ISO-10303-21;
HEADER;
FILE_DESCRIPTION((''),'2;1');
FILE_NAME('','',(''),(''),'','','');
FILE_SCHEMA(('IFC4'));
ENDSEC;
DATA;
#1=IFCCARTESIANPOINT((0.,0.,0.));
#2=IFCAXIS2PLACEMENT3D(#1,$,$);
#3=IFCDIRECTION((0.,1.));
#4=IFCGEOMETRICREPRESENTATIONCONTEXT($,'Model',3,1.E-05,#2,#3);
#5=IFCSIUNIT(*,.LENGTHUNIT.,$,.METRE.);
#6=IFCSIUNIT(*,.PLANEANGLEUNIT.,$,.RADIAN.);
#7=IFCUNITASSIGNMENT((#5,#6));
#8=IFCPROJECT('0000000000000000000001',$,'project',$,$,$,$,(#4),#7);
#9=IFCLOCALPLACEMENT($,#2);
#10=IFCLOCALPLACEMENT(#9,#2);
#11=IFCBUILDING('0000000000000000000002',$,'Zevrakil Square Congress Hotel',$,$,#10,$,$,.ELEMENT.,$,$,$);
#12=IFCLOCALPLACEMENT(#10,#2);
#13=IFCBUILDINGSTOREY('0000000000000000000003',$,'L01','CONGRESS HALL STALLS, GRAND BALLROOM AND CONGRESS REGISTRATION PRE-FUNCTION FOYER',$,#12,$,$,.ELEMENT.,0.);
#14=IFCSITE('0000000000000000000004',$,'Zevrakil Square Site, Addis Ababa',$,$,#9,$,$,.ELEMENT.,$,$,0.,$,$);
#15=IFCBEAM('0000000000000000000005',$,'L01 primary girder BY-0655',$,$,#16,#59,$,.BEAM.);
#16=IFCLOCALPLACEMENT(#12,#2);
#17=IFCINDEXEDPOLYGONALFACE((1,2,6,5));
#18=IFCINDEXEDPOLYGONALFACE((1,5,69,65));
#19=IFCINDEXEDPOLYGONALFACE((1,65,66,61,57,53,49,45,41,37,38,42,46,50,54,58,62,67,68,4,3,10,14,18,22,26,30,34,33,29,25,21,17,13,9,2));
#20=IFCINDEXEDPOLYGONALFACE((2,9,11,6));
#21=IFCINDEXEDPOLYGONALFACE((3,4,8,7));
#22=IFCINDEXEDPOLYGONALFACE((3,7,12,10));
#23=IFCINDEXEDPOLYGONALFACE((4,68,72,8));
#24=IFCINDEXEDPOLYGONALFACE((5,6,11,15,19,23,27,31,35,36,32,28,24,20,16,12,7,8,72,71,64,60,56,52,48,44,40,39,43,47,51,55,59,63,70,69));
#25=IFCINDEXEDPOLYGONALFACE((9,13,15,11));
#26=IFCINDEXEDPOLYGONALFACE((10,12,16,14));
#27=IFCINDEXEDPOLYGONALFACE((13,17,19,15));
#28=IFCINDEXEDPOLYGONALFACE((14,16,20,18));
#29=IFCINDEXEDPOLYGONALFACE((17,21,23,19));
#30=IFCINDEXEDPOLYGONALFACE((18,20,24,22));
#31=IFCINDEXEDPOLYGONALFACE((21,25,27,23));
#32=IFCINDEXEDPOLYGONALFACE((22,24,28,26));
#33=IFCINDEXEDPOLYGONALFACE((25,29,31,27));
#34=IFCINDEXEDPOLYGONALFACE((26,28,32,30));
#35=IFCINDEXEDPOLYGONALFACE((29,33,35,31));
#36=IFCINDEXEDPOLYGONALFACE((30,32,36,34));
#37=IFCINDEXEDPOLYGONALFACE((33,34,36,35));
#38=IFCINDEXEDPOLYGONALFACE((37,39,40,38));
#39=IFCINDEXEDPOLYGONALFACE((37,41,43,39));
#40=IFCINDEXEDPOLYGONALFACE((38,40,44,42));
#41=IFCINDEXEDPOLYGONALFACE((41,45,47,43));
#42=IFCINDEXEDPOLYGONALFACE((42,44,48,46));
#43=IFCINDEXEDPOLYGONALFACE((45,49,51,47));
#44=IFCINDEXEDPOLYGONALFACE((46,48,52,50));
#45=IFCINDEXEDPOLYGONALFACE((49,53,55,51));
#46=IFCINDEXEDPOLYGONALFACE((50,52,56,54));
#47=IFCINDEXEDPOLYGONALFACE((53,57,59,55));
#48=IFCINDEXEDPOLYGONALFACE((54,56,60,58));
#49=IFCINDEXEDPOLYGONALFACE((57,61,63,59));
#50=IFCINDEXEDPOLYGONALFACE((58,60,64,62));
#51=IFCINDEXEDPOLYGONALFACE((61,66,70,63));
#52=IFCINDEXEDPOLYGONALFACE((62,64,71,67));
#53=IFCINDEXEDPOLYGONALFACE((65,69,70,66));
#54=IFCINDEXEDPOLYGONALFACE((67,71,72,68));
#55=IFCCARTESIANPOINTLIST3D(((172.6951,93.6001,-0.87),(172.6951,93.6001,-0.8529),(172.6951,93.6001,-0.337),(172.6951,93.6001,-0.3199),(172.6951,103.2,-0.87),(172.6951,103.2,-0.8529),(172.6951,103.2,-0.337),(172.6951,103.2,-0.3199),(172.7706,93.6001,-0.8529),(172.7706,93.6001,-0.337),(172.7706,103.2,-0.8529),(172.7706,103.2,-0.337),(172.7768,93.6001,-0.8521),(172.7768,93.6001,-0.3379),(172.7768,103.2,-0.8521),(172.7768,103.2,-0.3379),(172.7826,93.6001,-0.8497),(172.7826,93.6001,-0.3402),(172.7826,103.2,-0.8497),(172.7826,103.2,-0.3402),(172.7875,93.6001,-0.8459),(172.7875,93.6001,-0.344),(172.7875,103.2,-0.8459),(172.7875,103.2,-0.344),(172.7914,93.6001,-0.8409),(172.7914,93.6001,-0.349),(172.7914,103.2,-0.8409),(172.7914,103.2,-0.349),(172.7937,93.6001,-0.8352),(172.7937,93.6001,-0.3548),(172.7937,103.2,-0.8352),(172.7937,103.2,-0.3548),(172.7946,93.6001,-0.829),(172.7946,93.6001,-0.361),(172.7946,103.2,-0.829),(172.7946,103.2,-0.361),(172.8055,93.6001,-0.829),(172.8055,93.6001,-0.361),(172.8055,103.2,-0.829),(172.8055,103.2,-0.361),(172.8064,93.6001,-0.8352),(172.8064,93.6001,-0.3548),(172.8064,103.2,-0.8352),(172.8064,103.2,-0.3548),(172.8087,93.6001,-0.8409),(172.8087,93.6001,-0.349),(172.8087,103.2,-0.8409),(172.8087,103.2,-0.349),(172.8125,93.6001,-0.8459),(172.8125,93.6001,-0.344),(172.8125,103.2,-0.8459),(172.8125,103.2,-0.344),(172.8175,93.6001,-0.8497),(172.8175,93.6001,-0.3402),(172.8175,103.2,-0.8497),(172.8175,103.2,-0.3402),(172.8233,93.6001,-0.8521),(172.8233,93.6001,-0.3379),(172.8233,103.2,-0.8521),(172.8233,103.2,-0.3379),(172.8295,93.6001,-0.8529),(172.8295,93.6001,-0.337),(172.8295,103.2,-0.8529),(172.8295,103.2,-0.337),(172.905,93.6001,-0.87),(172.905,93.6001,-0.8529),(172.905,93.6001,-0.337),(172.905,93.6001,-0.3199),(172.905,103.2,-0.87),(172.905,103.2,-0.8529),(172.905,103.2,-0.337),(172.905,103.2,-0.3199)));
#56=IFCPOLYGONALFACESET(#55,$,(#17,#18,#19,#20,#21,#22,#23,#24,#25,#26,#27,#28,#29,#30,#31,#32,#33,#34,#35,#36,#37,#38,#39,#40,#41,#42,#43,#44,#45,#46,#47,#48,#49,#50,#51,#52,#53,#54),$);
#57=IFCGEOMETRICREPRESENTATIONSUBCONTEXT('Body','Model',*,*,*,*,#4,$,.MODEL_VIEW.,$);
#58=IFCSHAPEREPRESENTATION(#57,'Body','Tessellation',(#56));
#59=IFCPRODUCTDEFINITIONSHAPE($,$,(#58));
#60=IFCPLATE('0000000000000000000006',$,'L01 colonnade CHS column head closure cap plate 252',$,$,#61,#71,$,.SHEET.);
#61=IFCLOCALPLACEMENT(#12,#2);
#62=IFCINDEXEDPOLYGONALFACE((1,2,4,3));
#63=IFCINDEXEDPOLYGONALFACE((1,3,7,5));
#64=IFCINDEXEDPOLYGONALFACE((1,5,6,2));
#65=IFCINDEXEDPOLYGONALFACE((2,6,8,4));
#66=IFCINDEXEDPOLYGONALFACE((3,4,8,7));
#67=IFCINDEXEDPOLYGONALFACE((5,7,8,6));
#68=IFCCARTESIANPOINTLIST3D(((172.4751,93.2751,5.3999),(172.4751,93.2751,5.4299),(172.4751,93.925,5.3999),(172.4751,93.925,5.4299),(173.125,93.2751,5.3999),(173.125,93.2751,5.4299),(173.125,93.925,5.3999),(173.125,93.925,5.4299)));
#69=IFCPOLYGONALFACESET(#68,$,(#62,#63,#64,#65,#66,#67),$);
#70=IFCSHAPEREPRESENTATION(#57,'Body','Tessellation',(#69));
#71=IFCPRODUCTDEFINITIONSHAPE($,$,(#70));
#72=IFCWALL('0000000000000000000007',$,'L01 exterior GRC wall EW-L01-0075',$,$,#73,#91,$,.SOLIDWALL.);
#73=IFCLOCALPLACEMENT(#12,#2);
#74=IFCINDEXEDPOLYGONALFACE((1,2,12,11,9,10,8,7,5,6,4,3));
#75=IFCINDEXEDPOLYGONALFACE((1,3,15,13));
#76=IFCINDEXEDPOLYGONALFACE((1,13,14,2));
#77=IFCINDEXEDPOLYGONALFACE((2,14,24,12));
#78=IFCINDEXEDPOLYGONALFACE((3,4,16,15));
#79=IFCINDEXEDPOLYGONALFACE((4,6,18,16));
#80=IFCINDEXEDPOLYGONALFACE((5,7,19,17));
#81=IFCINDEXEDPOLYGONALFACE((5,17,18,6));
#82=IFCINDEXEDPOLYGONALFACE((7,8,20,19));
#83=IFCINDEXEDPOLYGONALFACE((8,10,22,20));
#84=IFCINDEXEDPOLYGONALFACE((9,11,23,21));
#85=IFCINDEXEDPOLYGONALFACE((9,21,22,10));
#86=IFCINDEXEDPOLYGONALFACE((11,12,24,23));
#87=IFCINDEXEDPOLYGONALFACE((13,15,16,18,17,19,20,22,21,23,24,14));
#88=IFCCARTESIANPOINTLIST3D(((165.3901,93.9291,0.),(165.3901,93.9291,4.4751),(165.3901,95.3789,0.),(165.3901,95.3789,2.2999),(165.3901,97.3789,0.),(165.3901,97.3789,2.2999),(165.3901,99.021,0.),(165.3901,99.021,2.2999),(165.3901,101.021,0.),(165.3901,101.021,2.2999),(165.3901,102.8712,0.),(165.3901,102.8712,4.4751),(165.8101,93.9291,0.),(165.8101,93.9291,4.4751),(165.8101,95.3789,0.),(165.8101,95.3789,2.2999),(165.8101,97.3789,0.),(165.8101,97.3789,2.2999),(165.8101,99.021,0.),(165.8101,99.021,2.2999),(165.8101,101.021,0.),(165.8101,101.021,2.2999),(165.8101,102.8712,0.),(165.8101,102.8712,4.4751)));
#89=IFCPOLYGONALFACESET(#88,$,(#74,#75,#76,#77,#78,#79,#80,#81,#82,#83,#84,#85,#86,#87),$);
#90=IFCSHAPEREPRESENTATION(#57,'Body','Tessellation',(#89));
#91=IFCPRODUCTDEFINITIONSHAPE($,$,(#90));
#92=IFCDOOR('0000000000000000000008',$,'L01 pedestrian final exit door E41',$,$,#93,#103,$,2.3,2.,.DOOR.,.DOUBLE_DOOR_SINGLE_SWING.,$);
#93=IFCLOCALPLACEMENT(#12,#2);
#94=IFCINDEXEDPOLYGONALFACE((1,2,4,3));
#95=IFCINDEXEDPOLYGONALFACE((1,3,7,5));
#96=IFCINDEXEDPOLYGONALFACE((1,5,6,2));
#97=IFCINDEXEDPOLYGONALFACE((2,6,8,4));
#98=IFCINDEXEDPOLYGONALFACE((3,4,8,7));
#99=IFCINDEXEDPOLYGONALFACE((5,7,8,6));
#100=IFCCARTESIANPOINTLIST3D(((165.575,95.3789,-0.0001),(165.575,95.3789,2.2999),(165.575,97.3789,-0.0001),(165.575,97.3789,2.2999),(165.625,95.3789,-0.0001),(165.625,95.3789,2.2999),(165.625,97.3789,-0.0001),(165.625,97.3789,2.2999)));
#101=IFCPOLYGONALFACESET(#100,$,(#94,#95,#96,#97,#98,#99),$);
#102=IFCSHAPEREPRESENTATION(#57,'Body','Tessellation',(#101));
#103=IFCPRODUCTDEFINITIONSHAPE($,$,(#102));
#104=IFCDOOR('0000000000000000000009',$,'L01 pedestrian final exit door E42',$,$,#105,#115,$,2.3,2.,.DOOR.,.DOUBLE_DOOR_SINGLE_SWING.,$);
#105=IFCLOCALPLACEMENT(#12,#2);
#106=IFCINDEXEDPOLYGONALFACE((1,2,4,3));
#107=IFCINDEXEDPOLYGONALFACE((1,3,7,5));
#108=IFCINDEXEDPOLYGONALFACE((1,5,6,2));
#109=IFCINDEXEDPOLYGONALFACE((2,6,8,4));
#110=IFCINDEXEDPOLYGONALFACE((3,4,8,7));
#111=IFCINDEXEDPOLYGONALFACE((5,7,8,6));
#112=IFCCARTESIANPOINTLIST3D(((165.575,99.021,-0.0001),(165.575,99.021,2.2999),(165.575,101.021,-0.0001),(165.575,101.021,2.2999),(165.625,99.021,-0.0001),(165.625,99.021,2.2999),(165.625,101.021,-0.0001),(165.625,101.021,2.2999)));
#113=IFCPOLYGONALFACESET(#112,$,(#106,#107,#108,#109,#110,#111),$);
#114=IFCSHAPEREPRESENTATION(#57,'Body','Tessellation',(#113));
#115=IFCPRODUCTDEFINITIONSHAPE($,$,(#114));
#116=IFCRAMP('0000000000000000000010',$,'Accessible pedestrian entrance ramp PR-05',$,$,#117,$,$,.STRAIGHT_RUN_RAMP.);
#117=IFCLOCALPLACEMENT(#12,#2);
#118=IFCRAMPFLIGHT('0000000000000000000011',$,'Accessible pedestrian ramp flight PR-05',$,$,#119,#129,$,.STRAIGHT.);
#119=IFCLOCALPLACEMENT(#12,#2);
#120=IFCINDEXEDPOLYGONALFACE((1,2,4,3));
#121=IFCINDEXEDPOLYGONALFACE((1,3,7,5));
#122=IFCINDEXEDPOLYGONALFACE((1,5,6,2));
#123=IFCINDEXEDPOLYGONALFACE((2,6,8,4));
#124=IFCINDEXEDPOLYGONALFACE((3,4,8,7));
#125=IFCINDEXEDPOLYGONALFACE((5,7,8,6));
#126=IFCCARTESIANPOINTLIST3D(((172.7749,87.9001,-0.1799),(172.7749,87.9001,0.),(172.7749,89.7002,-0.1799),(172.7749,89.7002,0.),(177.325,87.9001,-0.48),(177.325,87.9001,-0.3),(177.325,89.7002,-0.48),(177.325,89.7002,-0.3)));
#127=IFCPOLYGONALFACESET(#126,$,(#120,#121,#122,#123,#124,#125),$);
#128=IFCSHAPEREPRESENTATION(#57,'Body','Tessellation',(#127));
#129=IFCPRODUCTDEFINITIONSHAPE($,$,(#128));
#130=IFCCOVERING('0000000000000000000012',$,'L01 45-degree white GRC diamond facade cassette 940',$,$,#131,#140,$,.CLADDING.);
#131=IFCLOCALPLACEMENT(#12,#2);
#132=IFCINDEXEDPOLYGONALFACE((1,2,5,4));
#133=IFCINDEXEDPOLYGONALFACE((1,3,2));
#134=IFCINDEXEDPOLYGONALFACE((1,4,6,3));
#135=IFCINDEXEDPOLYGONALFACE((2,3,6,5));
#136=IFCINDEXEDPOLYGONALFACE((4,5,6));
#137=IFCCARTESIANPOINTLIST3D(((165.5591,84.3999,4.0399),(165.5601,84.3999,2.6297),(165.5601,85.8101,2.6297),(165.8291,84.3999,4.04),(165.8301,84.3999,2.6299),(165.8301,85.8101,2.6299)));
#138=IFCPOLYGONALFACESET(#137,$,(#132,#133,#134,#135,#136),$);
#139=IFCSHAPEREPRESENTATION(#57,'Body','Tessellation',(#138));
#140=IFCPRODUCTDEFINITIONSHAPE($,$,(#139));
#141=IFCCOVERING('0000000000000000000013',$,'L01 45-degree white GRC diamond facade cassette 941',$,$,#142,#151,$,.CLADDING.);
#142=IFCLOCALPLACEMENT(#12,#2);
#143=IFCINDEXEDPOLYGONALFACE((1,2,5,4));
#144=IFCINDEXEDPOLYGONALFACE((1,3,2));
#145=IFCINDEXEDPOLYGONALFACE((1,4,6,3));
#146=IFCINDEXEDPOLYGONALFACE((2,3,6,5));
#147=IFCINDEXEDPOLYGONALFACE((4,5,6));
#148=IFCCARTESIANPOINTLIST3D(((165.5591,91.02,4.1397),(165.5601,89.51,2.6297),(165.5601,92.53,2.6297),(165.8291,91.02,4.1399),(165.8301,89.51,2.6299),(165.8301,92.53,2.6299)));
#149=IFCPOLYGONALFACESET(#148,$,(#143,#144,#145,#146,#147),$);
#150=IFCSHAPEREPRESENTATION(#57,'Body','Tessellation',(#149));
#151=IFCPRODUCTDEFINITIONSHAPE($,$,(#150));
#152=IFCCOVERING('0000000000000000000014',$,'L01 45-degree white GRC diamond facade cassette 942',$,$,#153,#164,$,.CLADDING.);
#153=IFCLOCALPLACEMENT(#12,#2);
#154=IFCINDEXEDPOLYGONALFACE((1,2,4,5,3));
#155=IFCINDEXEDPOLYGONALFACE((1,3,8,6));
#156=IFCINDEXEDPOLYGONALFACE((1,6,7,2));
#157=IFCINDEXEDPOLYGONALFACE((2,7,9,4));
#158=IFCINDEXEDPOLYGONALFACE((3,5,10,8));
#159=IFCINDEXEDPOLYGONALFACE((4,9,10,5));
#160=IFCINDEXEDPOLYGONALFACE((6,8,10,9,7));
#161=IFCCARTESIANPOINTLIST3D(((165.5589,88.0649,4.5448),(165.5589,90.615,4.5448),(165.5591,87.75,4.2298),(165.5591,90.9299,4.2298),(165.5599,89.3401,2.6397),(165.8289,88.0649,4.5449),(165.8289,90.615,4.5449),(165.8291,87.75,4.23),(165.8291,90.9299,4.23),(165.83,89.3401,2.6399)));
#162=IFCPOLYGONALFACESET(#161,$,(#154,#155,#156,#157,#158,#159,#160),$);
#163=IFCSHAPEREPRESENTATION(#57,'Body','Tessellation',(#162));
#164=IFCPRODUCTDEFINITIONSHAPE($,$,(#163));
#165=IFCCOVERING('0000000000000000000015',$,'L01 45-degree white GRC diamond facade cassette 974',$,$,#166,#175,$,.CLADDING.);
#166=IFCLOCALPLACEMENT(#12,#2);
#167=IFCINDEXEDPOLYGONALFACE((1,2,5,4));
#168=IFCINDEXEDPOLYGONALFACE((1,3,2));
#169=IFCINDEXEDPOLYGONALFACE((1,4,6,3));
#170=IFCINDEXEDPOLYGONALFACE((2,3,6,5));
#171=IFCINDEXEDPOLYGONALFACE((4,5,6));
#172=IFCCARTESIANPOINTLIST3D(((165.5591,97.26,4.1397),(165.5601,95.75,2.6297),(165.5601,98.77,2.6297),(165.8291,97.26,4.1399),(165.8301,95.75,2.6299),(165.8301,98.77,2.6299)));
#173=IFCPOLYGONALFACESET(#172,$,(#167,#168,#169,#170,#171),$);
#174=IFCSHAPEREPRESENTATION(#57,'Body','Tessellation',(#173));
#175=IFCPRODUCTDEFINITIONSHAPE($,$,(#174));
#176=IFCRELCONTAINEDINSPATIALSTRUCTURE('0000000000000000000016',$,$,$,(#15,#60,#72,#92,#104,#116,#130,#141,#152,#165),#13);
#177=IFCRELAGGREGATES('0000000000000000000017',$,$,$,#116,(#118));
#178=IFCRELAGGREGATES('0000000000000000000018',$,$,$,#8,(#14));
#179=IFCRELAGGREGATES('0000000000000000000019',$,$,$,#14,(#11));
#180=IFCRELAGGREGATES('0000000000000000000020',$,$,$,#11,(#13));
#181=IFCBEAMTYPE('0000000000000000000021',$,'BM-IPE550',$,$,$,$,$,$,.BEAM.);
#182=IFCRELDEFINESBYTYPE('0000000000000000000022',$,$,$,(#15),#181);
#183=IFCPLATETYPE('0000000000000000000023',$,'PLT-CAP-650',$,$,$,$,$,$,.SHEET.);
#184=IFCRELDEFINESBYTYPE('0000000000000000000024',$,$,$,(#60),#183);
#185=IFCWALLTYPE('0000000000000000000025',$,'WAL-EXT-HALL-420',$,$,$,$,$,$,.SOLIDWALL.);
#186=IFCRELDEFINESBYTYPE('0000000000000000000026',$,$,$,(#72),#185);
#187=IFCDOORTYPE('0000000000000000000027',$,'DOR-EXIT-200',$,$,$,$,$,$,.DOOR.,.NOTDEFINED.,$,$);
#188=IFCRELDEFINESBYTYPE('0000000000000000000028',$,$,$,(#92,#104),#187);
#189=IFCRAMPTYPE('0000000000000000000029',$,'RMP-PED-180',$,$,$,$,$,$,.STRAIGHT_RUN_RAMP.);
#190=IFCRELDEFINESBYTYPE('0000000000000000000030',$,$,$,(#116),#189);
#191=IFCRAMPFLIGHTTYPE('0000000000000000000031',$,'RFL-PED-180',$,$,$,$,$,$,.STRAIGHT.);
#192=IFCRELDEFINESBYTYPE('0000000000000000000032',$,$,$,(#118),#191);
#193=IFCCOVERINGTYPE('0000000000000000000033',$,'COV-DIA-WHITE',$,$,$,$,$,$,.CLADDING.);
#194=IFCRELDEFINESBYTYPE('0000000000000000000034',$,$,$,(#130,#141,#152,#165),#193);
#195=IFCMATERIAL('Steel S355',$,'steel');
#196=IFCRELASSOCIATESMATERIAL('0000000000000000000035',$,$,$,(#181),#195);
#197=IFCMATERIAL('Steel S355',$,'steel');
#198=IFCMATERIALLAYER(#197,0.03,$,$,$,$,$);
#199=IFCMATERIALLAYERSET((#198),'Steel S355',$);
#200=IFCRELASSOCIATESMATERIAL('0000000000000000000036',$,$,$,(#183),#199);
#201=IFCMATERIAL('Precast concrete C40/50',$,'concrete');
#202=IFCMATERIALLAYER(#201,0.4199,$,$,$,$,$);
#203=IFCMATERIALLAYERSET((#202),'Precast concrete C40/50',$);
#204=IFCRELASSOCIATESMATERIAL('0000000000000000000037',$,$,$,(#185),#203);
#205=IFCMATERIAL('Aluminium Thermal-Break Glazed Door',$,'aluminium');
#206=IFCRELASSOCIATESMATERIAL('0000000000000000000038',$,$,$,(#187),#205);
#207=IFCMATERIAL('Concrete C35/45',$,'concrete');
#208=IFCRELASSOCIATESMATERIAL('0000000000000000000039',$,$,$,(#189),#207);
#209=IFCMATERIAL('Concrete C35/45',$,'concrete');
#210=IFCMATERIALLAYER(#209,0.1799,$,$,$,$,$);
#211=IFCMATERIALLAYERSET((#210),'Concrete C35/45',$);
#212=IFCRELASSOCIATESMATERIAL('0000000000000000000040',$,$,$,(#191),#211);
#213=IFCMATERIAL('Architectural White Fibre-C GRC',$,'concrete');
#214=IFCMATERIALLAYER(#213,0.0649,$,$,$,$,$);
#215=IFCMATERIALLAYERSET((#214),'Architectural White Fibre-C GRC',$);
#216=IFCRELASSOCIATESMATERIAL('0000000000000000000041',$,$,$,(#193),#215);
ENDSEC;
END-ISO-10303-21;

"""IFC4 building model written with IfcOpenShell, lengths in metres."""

from ifc_helpers import new_model, si_unit, direction, frame, frame_2d, origin, origin_2d, place, context, subcontext, project, spatial, polyline, rectangle, i_section, outline, extrude, material, layer, layer_set, material_profile, profile_set, type_object, element, fill, aggregate, save


model = new_model("IFC4")

# Units and contexts
model_context = context("Model", 3, precision=1e-05, world=origin(), true_north=direction((0.0, 1.0)))
body_context = subcontext(model_context, "Body", "Model", "MODEL_VIEW")
ifc_project = project(units=[si_unit("LENGTHUNIT", "METRE"), si_unit("PLANEANGLEUNIT", "RADIAN")], contexts=[model_context])

# Site, building, storey
site_placement = place(None, origin())
site = spatial("IfcSite", under=ifc_project, at=site_placement, Name="Zevrakil Square Site, Addis Ababa", CompositionType="ELEMENT", RefElevation=0.0)
building_placement = place(site_placement, origin())
building = spatial("IfcBuilding", under=site, at=building_placement, Name="Zevrakil Square Congress Hotel", CompositionType="ELEMENT")
storey_placement = place(building_placement, origin())
storey = spatial("IfcBuildingStorey", under=building, at=storey_placement, Name="L01", Description="CONGRESS HALL STALLS, GRAND BALLROOM AND CONGRESS REGISTRATION PRE-FUNCTION FOYER", CompositionType="ELEMENT", Elevation=0.0)

# Beam
ifc_material_1 = material(Name="Steel S355", Category="steel")
ifc_material_profile_1 = material_profile(ifc_material_1, i_section(OverallWidth=0.21, OverallDepth=0.55, WebThickness=0.011, FlangeThickness=0.0171, FilletRadius=0.0239, at=origin_2d()), Name="IPE 550")
ifc_profile_set_1 = profile_set([ifc_material_profile_1], Name="Steel S355")
beam_type_1 = type_object("IfcBeamType", Name="BM-IPE550", PredefinedType="BEAM", material=ifc_profile_set_1)
beam_1_placement = place(storey_placement, frame((172.8, 93.6001, -0.595), z_axis=(0.0, 1.0, 0.0), x_axis=(-1.0, 0.0, 0.0)))
element("IfcBeam", 1, at=beam_1_placement, inside=storey, type_object=beam_type_1, Name="L01 primary girder BY-0655", PredefinedType="BEAM", context=body_context, shape_type="SweptSolid", body=[
    extrude(i_section(OverallWidth=0.21, OverallDepth=0.55, WebThickness=0.011, FlangeThickness=0.0171, FilletRadius=0.0239, at=origin_2d()), origin(), (0.0, 0.0, 1.0), 9.5999),
])

# Plate
ifc_material_2 = material(Name="Steel S355", Category="steel")
ifc_layer_1 = layer(ifc_material_2, 0.03)
ifc_layer_set_1 = layer_set([ifc_layer_1], Name="Steel S355")
plate_type = type_object("IfcPlateType", Name="PLT-CAP-650", PredefinedType="SHEET", material=ifc_layer_set_1)
plate_placement = place(storey_placement, frame((172.8, 93.6001, 5.3999), z_axis=(0.0, 0.0, 1.0), x_axis=(1.0, 0.0, 0.0)))
element("IfcPlate", 2, at=plate_placement, inside=storey, type_object=plate_type, Name="L01 colonnade CHS column head closure cap plate 252", PredefinedType="SHEET", context=body_context, shape_type="SweptSolid", body=[
    extrude(rectangle(XDim=0.6499, YDim=0.6499, at=origin_2d()), origin(), (0.0, 0.0, 1.0), 0.03),
])

# Wall, openings, doors
ifc_material_3 = material(Name="Precast concrete C40/50", Category="concrete")
ifc_layer_2 = layer(ifc_material_3, 0.4199)
ifc_layer_set_2 = layer_set([ifc_layer_2], Name="Precast concrete C40/50")
wall_type = type_object("IfcWallType", Name="WAL-EXT-HALL-420", PredefinedType="SOLIDWALL", material=ifc_layer_set_2)
wall_placement = place(storey_placement, frame((165.6001, 93.929, 0.0), z_axis=(0.0, 0.0, 1.0), x_axis=(0.0, 1.0, 0.0)))
wall = element("IfcWall", 3, at=wall_placement, inside=storey, type_object=wall_type, Name="L01 exterior GRC wall EW-L01-0075", PredefinedType="SOLIDWALL", context=body_context, shape_type="SweptSolid", body=[
    extrude(rectangle(XDim=8.9421, YDim=0.4199, at=frame_2d((4.4712, 0.0))), origin(), (0.0, 0.0, 1.0), 4.4751),
])
opening_1_placement = place(wall_placement, frame((1.45, 0.0, 0.0)))
opening_1 = element("IfcOpeningElement", 4, at=opening_1_placement, cuts=wall, PredefinedType="OPENING", context=body_context, shape_type="SweptSolid", body=[
    extrude(rectangle(XDim=2.0, YDim=2.3, at=frame_2d((1.0, 1.1499))), frame((0.0, 0.22, 0.0), z_axis=(0.0, -1.0, 0.0), x_axis=(1.0, 0.0, 0.0)), (0.0, 0.0, 1.0), 0.4399),
])
opening_2_placement = place(wall_placement, frame((5.092, 0.0, 0.0)))
opening_2 = element("IfcOpeningElement", 5, at=opening_2_placement, cuts=wall, PredefinedType="OPENING", context=body_context, shape_type="SweptSolid", body=[
    extrude(rectangle(XDim=2.0, YDim=2.3, at=frame_2d((1.0, 1.1499))), frame((0.0, 0.22, 0.0), z_axis=(0.0, -1.0, 0.0), x_axis=(1.0, 0.0, 0.0)), (0.0, 0.0, 1.0), 0.4399),
])
ifc_material_4 = material(Name="Aluminium Thermal-Break Glazed Door", Category="aluminium")
door_type = type_object("IfcDoorType", Name="DOR-EXIT-200", OperationType="NOTDEFINED", PredefinedType="DOOR", material=ifc_material_4)
door_1_placement = place(opening_1_placement, frame((2.0, 0.0, 0.0), z_axis=(0.0, 0.0, 1.0), x_axis=(-1.0, 0.0, 0.0)))
door_1 = element("IfcDoor", 6, at=door_1_placement, inside=storey, type_object=door_type, Name="L01 pedestrian final exit door E41", OperationType="DOUBLE_DOOR_SINGLE_SWING", OverallHeight=2.3, OverallWidth=2.0, PredefinedType="DOOR", context=body_context, shape_type="SweptSolid", body=[
    extrude(rectangle(XDim=2.0, YDim=2.3, at=frame_2d((1.0, 1.1499))), frame((0.0, 0.0249, 0.0), z_axis=(0.0, -1.0, 0.0), x_axis=(1.0, 0.0, 0.0)), (0.0, 0.0, 1.0), 0.05),
])
fill(opening_1, door_1)
door_2_placement = place(opening_2_placement, frame((2.0, 0.0, 0.0), z_axis=(0.0, 0.0, 1.0), x_axis=(-1.0, 0.0, 0.0)))
door_2 = element("IfcDoor", 7, at=door_2_placement, inside=storey, type_object=door_type, Name="L01 pedestrian final exit door E42", OperationType="DOUBLE_DOOR_SINGLE_SWING", OverallHeight=2.3, OverallWidth=2.0, PredefinedType="DOOR", context=body_context, shape_type="SweptSolid", body=[
    extrude(rectangle(XDim=2.0, YDim=2.3, at=frame_2d((1.0, 1.1499))), frame((0.0, 0.0249, 0.0), z_axis=(0.0, -1.0, 0.0), x_axis=(1.0, 0.0, 0.0)), (0.0, 0.0, 1.0), 0.05),
])
fill(opening_2, door_2)

# Ramp, ramp flight
ifc_material_5 = material(Name="Concrete C35/45", Category="concrete")
ramp_type = type_object("IfcRampType", Name="RMP-PED-180", PredefinedType="STRAIGHT_RUN_RAMP", material=ifc_material_5)
ramp_placement = place(storey_placement, origin())
ramp = element("IfcRamp", 8, at=ramp_placement, inside=storey, type_object=ramp_type, Name="Accessible pedestrian entrance ramp PR-05", PredefinedType="STRAIGHT_RUN_RAMP")
ifc_material_6 = material(Name="Concrete C35/45", Category="concrete")
ifc_layer_3 = layer(ifc_material_6, 0.1799)
ifc_layer_set_3 = layer_set([ifc_layer_3], Name="Concrete C35/45")
ramp_flight_type = type_object("IfcRampFlightType", Name="RFL-PED-180", PredefinedType="STRAIGHT", material=ifc_layer_set_3)
ramp_flight_placement = place(storey_placement, frame((177.325, 88.8, -0.3), z_axis=(0.0, 1.0, 0.0), x_axis=(-1.0, 0.0, 0.0)))
ramp_flight = element("IfcRampFlight", 9, at=ramp_flight_placement, type_object=ramp_flight_type, Name="Accessible pedestrian ramp flight PR-05", PredefinedType="STRAIGHT", context=body_context, shape_type="SweptSolid", body=[
    extrude(outline(polyline([(0.0, 0.0), (4.55, 0.3), (4.55, 0.1201), (0.0, -0.1799), (0.0, 0.0)])), frame((0.0, 0.0, -0.8999), z_axis=(0.0, 0.0, 1.0), x_axis=(1.0, 0.0, 0.0)), (0.0, 0.0, 1.0), 1.8),
])
aggregate(ramp, [ramp_flight])

# Coverings
ifc_material_7 = material(Name="Architectural White Fibre-C GRC", Category="concrete")
ifc_layer_4 = layer(ifc_material_7, 0.0649)
ifc_layer_set_4 = layer_set([ifc_layer_4], Name="Architectural White Fibre-C GRC")
covering_type_1 = type_object("IfcCoveringType", Name="COV-DIA-WHITE", PredefinedType="CLADDING", material=ifc_layer_set_4)
covering_1_placement = place(storey_placement, frame((165.8301, 85.8101, 2.6299), z_axis=(1.0, 0.0, 0.000693), x_axis=(0.0, -1.0, 0.0)))
element("IfcCovering", 10, at=covering_1_placement, inside=storey, type_object=covering_type_1, Name="L01 45-degree white GRC diamond facade cassette 940", PredefinedType="CLADDING", context=body_context, shape_type="SweptSolid", body=[
    extrude(outline(polyline([(0.0, 0.0), (1.4102, 0.0), (1.4102, -1.4102), (0.0, 0.0)])), origin(), (0.0, 0.0, -1.0), 0.27),
])
covering_2_placement = place(storey_placement, frame((165.8291, 91.02, 4.1399), z_axis=(1.0, 0.0, 0.000647), x_axis=(0.000457, 0.707107, -0.707107)))
element("IfcCovering", 11, at=covering_2_placement, inside=storey, type_object=covering_type_1, Name="L01 45-degree white GRC diamond facade cassette 941", PredefinedType="CLADDING", context=body_context, shape_type="SweptSolid", body=[
    extrude(outline(polyline([(0.0, 0.0), (2.1355, 0.0), (0.0, -2.1355), (0.0, 0.0)])), origin(), (0.0, 0.0, -1.0), 0.27),
])
covering_3_placement = place(storey_placement, frame((165.8291, 90.9299, 4.23), z_axis=(1.0, 0.0, 0.000543), x_axis=(0.000384, -0.707052, -0.707161)))
element("IfcCovering", 12, at=covering_3_placement, inside=storey, type_object=covering_type_1, Name="L01 45-degree white GRC diamond facade cassette 942", PredefinedType="CLADDING", context=body_context, shape_type="SweptSolid", body=[
    extrude(outline(polyline([(0.0, 0.0), (2.2486, 0.0), (2.2484, -2.2487), (1.803, -2.2487), (0.0, -0.4454), (0.0, 0.0)])), origin(), (0.0, 0.0, -1.0), 0.27),
])
covering_4_placement = place(storey_placement, frame((165.8291, 97.26, 4.1399), z_axis=(1.0, 0.0, 0.000647), x_axis=(0.000457, 0.707107, -0.707107)))
element("IfcCovering", 13, at=covering_4_placement, inside=storey, type_object=covering_type_1, Name="L01 45-degree white GRC diamond facade cassette 974", PredefinedType="CLADDING", context=body_context, shape_type="SweptSolid", body=[
    extrude(outline(polyline([(0.0, 0.0), (2.1355, 0.0), (0.0, -2.1355), (0.0, 0.0)])), origin(), (0.0, 0.0, -1.0), 0.27),
])

save(model, "model.ifc")
